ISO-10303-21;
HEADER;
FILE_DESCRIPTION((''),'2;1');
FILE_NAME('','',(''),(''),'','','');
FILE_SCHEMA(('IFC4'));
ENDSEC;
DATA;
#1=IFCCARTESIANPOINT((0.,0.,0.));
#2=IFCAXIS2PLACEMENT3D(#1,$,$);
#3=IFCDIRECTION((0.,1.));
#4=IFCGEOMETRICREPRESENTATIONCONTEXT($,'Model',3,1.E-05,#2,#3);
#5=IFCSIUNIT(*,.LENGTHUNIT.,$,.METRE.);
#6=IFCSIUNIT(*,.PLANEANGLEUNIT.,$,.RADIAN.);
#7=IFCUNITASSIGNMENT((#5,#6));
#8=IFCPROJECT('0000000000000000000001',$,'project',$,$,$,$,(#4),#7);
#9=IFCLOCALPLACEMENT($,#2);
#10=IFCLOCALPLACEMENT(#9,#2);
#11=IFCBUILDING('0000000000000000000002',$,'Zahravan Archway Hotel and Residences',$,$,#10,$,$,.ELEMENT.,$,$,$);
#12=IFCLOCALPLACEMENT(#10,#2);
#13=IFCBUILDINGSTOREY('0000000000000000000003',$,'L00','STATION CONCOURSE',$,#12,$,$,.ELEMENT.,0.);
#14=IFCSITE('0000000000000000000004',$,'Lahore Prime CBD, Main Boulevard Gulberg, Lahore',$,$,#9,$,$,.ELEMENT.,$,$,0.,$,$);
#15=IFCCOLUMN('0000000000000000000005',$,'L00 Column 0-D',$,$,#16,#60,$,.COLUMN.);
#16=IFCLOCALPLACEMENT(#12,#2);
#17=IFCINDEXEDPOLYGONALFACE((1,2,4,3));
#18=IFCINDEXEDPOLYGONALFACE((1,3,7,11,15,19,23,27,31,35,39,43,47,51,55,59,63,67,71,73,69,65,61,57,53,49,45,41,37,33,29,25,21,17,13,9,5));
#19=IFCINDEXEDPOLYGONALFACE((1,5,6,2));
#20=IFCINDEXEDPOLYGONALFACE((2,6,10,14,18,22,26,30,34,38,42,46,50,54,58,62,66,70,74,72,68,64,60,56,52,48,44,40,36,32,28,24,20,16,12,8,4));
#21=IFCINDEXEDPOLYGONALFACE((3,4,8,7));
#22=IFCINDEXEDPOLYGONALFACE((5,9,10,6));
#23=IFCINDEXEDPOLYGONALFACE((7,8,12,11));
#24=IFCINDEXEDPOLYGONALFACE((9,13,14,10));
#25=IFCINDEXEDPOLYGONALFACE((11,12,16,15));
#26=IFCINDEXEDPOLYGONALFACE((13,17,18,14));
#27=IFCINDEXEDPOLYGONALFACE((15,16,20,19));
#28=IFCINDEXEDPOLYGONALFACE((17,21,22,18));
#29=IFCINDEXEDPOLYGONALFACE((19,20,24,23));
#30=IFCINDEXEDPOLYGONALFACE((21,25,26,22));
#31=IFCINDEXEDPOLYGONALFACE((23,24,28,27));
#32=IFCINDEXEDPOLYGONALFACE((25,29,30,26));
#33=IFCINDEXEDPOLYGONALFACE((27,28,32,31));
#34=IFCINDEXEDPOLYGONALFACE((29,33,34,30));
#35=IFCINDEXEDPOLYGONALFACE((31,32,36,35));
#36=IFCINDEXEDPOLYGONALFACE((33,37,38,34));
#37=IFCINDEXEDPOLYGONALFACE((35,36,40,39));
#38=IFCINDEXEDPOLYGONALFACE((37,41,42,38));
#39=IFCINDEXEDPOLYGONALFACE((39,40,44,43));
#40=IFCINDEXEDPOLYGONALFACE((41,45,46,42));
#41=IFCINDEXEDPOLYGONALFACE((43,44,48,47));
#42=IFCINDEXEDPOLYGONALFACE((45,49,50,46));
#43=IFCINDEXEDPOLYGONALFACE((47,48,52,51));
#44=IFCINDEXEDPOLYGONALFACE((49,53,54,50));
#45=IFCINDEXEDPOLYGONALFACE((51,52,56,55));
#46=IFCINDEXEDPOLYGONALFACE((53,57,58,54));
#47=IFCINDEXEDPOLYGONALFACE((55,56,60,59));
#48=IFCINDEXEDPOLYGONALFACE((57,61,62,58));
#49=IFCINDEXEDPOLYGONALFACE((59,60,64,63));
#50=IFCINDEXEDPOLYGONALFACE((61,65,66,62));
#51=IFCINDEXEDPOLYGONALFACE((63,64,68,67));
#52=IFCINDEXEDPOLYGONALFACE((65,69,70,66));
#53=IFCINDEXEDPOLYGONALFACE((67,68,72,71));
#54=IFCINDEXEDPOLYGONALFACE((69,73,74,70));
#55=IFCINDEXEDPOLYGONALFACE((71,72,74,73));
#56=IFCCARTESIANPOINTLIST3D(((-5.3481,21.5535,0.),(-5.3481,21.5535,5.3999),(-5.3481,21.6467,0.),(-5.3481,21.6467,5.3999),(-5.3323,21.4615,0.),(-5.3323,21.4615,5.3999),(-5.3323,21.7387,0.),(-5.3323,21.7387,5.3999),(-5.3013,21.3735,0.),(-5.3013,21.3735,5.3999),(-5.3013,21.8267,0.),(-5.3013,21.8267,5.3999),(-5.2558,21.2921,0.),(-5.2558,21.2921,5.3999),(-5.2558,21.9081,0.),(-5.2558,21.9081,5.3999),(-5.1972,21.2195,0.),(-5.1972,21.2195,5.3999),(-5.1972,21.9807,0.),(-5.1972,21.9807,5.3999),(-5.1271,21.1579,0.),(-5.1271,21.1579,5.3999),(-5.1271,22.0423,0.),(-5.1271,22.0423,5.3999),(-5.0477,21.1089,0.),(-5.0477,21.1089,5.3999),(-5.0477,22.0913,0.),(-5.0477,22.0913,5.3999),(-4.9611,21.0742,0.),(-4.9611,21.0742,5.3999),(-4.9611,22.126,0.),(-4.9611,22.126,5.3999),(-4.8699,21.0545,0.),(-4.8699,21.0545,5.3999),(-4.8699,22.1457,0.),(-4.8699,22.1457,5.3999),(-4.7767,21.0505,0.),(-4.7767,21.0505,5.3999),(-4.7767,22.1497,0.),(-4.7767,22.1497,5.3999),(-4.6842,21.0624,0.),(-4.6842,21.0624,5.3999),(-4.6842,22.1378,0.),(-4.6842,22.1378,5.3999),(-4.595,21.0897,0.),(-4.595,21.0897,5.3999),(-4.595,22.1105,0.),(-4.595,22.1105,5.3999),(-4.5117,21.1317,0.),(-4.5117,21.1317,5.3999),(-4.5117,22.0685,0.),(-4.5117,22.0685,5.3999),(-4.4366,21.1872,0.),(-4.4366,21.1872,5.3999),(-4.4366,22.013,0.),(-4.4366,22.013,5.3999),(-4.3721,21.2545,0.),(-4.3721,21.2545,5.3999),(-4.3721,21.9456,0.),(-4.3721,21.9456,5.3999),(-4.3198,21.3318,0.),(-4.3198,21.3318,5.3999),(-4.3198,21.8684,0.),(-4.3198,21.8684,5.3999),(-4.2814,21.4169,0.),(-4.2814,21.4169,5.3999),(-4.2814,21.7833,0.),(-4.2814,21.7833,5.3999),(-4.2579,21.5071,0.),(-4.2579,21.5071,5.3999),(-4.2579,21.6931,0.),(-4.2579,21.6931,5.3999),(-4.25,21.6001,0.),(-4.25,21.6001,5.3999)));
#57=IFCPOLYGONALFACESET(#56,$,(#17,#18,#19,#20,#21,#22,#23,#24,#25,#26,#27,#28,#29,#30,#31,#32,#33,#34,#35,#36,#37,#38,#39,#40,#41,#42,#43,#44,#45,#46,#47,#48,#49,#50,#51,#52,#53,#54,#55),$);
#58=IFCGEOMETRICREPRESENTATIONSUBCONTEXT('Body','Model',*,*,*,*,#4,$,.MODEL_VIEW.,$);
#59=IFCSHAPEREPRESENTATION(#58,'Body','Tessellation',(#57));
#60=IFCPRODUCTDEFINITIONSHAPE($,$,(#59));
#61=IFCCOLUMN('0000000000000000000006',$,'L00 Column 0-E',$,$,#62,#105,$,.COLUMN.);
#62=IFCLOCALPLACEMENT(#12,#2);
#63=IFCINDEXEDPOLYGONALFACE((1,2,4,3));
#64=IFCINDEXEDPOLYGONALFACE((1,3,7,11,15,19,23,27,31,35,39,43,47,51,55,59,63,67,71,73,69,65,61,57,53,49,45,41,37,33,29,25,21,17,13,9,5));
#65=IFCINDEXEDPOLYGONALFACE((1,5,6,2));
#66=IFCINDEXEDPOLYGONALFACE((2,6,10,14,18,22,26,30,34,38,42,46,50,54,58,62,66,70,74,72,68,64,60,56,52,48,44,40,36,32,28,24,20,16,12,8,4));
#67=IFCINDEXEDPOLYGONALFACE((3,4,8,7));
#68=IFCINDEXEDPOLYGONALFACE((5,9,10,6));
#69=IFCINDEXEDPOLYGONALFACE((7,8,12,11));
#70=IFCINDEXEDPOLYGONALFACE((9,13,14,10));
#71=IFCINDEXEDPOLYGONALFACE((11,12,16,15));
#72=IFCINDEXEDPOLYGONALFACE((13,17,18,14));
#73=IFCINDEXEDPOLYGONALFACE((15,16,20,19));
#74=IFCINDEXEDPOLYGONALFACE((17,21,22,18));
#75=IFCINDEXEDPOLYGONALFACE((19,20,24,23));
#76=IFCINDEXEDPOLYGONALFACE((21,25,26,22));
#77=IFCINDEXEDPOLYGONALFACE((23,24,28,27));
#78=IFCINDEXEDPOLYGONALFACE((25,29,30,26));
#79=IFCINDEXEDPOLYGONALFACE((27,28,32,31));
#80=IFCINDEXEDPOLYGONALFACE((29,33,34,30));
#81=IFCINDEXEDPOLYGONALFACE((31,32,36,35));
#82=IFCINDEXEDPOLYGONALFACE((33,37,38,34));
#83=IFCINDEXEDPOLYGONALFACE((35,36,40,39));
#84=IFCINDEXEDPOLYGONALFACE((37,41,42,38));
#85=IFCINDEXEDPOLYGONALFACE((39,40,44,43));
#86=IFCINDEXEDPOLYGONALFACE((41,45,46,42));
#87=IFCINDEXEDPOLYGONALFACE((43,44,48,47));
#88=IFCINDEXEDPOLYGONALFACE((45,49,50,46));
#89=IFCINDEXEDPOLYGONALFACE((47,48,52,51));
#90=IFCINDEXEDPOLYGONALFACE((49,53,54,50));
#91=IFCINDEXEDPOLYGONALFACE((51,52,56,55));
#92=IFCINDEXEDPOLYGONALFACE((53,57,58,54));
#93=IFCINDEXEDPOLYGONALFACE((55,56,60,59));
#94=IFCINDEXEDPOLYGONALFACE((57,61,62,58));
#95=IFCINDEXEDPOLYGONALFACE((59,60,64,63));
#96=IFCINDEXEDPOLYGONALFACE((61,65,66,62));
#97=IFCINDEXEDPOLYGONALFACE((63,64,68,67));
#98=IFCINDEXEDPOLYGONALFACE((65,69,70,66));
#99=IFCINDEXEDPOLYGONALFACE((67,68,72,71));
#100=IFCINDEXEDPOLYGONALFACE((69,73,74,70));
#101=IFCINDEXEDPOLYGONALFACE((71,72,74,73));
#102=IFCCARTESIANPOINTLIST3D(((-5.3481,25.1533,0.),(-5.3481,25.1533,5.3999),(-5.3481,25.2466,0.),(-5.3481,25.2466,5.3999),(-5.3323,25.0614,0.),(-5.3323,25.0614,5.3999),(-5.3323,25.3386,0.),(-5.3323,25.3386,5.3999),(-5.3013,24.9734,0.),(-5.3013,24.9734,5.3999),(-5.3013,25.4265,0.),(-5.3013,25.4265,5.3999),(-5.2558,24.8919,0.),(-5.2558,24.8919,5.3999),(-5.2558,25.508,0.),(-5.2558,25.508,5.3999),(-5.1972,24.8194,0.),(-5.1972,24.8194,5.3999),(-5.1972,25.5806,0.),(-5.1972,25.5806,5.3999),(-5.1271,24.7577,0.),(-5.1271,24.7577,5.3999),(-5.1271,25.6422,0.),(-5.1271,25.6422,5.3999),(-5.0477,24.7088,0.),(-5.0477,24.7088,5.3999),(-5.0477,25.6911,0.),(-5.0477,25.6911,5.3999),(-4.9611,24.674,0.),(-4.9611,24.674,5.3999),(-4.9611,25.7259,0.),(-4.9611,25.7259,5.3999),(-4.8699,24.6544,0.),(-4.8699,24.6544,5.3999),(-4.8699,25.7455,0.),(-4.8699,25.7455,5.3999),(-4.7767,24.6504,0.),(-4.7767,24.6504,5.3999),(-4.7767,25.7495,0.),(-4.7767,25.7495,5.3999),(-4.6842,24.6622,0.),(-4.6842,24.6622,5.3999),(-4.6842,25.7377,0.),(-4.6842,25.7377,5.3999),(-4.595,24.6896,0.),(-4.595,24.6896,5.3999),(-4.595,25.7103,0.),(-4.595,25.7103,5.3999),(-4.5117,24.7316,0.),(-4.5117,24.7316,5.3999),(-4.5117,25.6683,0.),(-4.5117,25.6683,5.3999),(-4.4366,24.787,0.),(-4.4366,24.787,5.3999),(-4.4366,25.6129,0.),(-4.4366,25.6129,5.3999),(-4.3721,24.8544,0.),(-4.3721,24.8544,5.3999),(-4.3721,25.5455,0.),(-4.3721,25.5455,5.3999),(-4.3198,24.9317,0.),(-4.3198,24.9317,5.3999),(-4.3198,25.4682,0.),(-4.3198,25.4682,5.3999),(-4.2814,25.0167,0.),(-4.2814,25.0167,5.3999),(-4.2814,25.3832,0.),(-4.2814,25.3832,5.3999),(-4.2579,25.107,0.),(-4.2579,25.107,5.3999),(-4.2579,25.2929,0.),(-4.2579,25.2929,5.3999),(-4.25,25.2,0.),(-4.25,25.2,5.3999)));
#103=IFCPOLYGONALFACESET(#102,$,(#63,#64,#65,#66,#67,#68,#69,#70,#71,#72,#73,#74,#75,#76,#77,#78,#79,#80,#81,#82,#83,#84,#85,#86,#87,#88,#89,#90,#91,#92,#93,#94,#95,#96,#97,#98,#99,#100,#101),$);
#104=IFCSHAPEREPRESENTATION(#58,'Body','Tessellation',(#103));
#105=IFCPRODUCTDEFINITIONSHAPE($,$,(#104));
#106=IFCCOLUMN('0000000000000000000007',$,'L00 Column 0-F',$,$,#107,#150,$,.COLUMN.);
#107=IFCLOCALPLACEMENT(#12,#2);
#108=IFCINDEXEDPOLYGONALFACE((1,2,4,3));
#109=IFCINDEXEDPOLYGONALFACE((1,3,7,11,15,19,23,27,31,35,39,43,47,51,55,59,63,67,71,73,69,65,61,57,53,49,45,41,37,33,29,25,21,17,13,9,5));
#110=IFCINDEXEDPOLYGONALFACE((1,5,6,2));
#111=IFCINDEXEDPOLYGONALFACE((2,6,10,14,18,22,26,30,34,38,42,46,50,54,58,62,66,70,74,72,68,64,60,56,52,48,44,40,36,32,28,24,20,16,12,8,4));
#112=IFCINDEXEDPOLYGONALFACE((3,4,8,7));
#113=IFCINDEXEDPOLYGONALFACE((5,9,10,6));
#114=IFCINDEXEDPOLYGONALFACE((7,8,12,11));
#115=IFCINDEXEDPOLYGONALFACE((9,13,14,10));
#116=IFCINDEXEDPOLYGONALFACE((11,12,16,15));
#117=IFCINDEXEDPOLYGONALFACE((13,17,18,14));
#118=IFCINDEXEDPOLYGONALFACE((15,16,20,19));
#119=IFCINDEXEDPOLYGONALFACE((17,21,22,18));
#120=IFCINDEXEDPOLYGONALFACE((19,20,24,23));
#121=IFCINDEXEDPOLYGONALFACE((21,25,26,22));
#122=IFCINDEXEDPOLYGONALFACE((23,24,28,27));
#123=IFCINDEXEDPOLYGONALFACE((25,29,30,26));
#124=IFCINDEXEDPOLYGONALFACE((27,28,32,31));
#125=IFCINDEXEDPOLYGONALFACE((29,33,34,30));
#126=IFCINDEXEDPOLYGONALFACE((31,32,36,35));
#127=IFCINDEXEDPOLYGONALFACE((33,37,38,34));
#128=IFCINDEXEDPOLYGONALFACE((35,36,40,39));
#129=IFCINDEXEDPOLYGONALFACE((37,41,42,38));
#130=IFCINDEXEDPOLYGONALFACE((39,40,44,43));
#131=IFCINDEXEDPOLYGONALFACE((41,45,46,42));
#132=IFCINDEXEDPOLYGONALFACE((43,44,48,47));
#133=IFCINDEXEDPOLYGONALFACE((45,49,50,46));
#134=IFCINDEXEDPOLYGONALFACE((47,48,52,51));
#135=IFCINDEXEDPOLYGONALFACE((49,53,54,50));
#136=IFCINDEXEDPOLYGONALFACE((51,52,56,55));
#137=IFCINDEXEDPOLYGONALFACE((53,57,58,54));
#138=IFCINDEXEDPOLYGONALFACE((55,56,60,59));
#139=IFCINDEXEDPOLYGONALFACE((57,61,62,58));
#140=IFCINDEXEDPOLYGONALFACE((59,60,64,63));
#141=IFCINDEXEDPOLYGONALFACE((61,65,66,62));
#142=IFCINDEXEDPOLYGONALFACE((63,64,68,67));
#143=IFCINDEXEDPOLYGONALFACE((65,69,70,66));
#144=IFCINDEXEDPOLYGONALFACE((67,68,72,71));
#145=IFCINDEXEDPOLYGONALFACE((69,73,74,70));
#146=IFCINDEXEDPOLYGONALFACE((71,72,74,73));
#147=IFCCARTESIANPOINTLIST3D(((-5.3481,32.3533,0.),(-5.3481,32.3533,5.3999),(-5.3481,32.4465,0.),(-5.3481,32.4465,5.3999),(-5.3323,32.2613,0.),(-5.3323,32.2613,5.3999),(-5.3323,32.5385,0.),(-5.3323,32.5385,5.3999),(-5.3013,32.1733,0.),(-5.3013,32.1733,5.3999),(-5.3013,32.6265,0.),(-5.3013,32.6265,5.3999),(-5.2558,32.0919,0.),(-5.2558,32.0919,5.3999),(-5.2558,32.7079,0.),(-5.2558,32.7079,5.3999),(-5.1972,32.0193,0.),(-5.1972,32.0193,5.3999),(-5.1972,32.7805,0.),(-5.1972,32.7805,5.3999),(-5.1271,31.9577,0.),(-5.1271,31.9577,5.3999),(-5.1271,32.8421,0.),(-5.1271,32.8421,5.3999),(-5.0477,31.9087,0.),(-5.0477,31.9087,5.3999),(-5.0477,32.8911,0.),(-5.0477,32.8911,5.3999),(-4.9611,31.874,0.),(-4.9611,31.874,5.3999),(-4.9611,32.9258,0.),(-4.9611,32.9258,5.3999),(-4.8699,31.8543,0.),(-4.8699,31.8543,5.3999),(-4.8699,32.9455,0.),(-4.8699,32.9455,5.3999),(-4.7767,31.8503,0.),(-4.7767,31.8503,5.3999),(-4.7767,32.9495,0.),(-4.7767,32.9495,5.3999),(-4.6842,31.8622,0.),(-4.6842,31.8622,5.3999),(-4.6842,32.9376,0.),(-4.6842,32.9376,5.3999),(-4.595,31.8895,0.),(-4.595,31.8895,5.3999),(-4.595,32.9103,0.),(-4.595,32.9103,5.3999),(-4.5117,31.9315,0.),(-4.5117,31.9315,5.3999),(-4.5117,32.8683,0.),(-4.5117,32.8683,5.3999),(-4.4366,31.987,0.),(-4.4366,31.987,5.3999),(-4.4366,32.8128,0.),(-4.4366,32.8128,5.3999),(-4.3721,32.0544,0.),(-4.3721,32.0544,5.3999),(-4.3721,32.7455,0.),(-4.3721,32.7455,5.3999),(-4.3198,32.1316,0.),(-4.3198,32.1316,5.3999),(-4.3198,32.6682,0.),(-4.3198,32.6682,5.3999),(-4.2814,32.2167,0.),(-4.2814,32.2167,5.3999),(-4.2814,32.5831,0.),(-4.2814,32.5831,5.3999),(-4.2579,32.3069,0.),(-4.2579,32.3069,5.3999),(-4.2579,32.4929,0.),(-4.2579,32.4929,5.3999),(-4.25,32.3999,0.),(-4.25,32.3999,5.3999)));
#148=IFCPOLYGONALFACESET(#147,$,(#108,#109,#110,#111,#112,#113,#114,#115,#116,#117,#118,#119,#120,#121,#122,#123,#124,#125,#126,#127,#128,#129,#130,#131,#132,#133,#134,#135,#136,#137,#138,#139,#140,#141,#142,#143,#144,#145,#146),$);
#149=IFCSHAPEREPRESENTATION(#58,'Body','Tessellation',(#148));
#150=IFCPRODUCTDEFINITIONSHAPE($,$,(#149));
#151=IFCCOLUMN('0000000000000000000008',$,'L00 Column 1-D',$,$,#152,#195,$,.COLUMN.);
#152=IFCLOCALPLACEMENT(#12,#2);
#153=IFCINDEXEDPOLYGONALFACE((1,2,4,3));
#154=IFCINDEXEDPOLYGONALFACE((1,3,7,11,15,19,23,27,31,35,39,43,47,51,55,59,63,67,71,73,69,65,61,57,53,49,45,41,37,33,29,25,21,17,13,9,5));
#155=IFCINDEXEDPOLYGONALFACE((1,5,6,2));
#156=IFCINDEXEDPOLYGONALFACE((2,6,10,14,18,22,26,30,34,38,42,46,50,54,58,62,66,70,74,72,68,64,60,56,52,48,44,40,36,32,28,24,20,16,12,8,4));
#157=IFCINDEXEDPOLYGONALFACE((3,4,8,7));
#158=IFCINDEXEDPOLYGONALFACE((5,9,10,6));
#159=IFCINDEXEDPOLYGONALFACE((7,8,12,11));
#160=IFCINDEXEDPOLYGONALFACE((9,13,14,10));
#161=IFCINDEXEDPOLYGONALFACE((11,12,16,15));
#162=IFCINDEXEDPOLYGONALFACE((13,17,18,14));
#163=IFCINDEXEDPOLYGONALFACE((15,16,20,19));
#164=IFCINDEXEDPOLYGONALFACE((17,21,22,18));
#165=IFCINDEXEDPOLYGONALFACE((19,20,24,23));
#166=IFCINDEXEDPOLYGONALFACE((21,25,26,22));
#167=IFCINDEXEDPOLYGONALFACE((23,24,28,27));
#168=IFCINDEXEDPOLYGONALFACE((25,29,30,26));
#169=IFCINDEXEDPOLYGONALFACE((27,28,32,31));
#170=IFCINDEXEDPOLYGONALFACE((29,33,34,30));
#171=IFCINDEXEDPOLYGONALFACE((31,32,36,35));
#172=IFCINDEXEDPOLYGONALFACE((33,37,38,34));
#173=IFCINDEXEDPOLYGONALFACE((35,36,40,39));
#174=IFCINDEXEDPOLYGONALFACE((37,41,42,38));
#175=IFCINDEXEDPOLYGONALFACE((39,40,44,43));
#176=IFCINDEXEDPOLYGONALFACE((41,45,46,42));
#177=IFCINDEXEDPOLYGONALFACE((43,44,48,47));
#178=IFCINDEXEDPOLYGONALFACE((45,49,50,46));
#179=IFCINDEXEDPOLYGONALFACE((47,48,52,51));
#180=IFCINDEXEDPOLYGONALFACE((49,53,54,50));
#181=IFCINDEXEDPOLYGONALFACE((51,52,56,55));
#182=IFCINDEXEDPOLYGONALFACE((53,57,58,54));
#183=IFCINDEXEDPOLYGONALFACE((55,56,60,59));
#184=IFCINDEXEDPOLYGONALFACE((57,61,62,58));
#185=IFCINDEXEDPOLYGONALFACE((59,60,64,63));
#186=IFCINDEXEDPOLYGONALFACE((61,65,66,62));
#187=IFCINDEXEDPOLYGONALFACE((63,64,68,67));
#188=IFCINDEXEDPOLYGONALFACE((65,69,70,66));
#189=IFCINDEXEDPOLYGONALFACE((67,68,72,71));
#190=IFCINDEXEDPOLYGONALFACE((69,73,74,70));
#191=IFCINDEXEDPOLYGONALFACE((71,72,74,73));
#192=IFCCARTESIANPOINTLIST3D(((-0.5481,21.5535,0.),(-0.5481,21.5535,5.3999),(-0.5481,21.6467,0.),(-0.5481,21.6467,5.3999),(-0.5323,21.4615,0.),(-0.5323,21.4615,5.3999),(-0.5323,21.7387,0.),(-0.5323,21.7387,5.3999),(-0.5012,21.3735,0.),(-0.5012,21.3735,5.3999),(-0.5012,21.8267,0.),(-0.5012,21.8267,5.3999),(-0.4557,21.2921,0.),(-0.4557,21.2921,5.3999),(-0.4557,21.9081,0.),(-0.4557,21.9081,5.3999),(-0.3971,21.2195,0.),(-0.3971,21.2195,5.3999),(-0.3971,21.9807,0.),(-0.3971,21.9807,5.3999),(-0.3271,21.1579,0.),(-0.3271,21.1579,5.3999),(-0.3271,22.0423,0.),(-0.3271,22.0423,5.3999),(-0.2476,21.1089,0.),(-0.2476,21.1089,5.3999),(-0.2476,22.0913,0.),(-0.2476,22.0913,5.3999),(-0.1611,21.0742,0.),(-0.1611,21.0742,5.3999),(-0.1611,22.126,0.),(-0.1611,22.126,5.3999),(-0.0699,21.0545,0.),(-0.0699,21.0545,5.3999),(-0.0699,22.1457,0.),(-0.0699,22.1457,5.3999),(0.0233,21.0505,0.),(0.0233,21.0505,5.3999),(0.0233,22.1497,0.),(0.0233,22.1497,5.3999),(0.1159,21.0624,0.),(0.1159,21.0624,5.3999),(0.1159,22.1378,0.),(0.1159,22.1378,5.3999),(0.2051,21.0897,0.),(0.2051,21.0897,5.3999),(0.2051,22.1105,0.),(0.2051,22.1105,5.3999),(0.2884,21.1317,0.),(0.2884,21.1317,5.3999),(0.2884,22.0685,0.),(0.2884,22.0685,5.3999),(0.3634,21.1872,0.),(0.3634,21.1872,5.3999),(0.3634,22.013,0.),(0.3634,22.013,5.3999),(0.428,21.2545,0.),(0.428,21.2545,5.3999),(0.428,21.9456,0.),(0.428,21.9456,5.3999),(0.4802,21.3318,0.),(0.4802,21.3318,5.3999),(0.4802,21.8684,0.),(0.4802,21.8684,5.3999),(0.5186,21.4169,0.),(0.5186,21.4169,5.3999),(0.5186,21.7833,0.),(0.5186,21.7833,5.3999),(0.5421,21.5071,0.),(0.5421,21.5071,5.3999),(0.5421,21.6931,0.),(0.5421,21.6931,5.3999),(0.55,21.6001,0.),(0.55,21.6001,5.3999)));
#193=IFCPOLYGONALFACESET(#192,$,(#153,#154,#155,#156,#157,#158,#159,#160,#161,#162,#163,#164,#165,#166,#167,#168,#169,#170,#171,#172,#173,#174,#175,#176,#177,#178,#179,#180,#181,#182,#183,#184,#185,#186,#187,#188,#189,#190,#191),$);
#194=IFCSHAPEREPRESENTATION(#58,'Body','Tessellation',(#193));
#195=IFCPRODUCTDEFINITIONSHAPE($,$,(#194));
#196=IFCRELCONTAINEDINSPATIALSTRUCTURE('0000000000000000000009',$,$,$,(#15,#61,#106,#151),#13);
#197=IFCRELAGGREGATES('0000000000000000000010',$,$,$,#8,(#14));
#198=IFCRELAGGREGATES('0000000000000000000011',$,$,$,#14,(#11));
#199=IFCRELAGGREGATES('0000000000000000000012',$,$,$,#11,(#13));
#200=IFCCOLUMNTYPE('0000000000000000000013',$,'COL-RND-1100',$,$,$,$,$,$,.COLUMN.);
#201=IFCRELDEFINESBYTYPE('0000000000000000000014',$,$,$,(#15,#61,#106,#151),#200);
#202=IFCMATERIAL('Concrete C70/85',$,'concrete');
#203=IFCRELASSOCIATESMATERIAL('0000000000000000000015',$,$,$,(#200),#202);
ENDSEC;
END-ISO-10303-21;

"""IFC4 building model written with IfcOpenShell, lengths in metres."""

from ifc_helpers import new_model, si_unit, direction, frame, origin, origin_2d, place, context, subcontext, project, spatial, circle, extrude, source, transform, mapped, material, material_profile, profile_set, type_object, type_shapes, element, save


model = new_model("IFC4")

# Units and contexts
model_context = context("Model", 3, precision=1e-05, world=origin(), true_north=direction((0.0, 1.0)))
body_context = subcontext(model_context, "Body", "Model", "MODEL_VIEW")
ifc_project = project(units=[si_unit("LENGTHUNIT", "METRE"), si_unit("PLANEANGLEUNIT", "RADIAN")], contexts=[model_context])

# Site, building, storey
site_placement = place(None, origin())
site = spatial("IfcSite", under=ifc_project, at=site_placement, Name="Lahore Prime CBD, Main Boulevard Gulberg, Lahore", CompositionType="ELEMENT", RefElevation=0.0)
building_placement = place(site_placement, origin())
building = spatial("IfcBuilding", under=site, at=building_placement, Name="Zahravan Archway Hotel and Residences", CompositionType="ELEMENT")
storey_placement = place(building_placement, origin())
storey = spatial("IfcBuildingStorey", under=building, at=storey_placement, Name="L00", Description="STATION CONCOURSE", CompositionType="ELEMENT", Elevation=0.0)

# Columns
ifc_material_1 = material(Name="Concrete C70/85", Category="concrete")
ifc_material_profile_1 = material_profile(ifc_material_1, circle(Radius=0.55, at=origin_2d()), Name="RC-CIRC-1100", Category="concrete")
ifc_profile_set_1 = profile_set([ifc_material_profile_1], Name="Concrete C70/85")
column_type_1 = type_object("IfcColumnType", Name="COL-RND-1100", PredefinedType="COLUMN", material=ifc_profile_set_1)
shared_shape_1 = source(origin(), body_context, "Body", "SweptSolid", [
    extrude(circle(Radius=0.55, at=origin_2d()), origin(), (0.0, 0.0, 1.0), 5.3999),
])
type_shapes(column_type_1, [shared_shape_1])
for number, where, z_axis, x_axis, name in (
    (1, (-4.8, 21.6001, 0.0), (0.0, 0.0, 1.0), (1.0, 0.0, 0.0), "L00 Column 0-D"),
    (2, (-4.8, 25.2, 0.0), (0.0, 0.0, 1.0), (1.0, 0.0, 0.0), "L00 Column 0-E"),
    (3, (-4.8, 32.3999, 0.0), (0.0, 0.0, 1.0), (1.0, 0.0, 0.0), "L00 Column 0-F"),
    (4, (0.0, 21.6001, 0.0), (0.0, 0.0, 1.0), (1.0, 0.0, 0.0), "L00 Column 1-D"),
):
    element("IfcColumn", number, at=place(storey_placement, frame(where, z_axis=z_axis, x_axis=x_axis)), inside=storey, type_object=column_type_1, Name=name, PredefinedType="COLUMN", context=body_context, shape_type="MappedRepresentation", body=[
        mapped(shared_shape_1, transform((0.0, 0.0, 0.0), scale=1.0)),
    ])

save(model, "model.ifc")
